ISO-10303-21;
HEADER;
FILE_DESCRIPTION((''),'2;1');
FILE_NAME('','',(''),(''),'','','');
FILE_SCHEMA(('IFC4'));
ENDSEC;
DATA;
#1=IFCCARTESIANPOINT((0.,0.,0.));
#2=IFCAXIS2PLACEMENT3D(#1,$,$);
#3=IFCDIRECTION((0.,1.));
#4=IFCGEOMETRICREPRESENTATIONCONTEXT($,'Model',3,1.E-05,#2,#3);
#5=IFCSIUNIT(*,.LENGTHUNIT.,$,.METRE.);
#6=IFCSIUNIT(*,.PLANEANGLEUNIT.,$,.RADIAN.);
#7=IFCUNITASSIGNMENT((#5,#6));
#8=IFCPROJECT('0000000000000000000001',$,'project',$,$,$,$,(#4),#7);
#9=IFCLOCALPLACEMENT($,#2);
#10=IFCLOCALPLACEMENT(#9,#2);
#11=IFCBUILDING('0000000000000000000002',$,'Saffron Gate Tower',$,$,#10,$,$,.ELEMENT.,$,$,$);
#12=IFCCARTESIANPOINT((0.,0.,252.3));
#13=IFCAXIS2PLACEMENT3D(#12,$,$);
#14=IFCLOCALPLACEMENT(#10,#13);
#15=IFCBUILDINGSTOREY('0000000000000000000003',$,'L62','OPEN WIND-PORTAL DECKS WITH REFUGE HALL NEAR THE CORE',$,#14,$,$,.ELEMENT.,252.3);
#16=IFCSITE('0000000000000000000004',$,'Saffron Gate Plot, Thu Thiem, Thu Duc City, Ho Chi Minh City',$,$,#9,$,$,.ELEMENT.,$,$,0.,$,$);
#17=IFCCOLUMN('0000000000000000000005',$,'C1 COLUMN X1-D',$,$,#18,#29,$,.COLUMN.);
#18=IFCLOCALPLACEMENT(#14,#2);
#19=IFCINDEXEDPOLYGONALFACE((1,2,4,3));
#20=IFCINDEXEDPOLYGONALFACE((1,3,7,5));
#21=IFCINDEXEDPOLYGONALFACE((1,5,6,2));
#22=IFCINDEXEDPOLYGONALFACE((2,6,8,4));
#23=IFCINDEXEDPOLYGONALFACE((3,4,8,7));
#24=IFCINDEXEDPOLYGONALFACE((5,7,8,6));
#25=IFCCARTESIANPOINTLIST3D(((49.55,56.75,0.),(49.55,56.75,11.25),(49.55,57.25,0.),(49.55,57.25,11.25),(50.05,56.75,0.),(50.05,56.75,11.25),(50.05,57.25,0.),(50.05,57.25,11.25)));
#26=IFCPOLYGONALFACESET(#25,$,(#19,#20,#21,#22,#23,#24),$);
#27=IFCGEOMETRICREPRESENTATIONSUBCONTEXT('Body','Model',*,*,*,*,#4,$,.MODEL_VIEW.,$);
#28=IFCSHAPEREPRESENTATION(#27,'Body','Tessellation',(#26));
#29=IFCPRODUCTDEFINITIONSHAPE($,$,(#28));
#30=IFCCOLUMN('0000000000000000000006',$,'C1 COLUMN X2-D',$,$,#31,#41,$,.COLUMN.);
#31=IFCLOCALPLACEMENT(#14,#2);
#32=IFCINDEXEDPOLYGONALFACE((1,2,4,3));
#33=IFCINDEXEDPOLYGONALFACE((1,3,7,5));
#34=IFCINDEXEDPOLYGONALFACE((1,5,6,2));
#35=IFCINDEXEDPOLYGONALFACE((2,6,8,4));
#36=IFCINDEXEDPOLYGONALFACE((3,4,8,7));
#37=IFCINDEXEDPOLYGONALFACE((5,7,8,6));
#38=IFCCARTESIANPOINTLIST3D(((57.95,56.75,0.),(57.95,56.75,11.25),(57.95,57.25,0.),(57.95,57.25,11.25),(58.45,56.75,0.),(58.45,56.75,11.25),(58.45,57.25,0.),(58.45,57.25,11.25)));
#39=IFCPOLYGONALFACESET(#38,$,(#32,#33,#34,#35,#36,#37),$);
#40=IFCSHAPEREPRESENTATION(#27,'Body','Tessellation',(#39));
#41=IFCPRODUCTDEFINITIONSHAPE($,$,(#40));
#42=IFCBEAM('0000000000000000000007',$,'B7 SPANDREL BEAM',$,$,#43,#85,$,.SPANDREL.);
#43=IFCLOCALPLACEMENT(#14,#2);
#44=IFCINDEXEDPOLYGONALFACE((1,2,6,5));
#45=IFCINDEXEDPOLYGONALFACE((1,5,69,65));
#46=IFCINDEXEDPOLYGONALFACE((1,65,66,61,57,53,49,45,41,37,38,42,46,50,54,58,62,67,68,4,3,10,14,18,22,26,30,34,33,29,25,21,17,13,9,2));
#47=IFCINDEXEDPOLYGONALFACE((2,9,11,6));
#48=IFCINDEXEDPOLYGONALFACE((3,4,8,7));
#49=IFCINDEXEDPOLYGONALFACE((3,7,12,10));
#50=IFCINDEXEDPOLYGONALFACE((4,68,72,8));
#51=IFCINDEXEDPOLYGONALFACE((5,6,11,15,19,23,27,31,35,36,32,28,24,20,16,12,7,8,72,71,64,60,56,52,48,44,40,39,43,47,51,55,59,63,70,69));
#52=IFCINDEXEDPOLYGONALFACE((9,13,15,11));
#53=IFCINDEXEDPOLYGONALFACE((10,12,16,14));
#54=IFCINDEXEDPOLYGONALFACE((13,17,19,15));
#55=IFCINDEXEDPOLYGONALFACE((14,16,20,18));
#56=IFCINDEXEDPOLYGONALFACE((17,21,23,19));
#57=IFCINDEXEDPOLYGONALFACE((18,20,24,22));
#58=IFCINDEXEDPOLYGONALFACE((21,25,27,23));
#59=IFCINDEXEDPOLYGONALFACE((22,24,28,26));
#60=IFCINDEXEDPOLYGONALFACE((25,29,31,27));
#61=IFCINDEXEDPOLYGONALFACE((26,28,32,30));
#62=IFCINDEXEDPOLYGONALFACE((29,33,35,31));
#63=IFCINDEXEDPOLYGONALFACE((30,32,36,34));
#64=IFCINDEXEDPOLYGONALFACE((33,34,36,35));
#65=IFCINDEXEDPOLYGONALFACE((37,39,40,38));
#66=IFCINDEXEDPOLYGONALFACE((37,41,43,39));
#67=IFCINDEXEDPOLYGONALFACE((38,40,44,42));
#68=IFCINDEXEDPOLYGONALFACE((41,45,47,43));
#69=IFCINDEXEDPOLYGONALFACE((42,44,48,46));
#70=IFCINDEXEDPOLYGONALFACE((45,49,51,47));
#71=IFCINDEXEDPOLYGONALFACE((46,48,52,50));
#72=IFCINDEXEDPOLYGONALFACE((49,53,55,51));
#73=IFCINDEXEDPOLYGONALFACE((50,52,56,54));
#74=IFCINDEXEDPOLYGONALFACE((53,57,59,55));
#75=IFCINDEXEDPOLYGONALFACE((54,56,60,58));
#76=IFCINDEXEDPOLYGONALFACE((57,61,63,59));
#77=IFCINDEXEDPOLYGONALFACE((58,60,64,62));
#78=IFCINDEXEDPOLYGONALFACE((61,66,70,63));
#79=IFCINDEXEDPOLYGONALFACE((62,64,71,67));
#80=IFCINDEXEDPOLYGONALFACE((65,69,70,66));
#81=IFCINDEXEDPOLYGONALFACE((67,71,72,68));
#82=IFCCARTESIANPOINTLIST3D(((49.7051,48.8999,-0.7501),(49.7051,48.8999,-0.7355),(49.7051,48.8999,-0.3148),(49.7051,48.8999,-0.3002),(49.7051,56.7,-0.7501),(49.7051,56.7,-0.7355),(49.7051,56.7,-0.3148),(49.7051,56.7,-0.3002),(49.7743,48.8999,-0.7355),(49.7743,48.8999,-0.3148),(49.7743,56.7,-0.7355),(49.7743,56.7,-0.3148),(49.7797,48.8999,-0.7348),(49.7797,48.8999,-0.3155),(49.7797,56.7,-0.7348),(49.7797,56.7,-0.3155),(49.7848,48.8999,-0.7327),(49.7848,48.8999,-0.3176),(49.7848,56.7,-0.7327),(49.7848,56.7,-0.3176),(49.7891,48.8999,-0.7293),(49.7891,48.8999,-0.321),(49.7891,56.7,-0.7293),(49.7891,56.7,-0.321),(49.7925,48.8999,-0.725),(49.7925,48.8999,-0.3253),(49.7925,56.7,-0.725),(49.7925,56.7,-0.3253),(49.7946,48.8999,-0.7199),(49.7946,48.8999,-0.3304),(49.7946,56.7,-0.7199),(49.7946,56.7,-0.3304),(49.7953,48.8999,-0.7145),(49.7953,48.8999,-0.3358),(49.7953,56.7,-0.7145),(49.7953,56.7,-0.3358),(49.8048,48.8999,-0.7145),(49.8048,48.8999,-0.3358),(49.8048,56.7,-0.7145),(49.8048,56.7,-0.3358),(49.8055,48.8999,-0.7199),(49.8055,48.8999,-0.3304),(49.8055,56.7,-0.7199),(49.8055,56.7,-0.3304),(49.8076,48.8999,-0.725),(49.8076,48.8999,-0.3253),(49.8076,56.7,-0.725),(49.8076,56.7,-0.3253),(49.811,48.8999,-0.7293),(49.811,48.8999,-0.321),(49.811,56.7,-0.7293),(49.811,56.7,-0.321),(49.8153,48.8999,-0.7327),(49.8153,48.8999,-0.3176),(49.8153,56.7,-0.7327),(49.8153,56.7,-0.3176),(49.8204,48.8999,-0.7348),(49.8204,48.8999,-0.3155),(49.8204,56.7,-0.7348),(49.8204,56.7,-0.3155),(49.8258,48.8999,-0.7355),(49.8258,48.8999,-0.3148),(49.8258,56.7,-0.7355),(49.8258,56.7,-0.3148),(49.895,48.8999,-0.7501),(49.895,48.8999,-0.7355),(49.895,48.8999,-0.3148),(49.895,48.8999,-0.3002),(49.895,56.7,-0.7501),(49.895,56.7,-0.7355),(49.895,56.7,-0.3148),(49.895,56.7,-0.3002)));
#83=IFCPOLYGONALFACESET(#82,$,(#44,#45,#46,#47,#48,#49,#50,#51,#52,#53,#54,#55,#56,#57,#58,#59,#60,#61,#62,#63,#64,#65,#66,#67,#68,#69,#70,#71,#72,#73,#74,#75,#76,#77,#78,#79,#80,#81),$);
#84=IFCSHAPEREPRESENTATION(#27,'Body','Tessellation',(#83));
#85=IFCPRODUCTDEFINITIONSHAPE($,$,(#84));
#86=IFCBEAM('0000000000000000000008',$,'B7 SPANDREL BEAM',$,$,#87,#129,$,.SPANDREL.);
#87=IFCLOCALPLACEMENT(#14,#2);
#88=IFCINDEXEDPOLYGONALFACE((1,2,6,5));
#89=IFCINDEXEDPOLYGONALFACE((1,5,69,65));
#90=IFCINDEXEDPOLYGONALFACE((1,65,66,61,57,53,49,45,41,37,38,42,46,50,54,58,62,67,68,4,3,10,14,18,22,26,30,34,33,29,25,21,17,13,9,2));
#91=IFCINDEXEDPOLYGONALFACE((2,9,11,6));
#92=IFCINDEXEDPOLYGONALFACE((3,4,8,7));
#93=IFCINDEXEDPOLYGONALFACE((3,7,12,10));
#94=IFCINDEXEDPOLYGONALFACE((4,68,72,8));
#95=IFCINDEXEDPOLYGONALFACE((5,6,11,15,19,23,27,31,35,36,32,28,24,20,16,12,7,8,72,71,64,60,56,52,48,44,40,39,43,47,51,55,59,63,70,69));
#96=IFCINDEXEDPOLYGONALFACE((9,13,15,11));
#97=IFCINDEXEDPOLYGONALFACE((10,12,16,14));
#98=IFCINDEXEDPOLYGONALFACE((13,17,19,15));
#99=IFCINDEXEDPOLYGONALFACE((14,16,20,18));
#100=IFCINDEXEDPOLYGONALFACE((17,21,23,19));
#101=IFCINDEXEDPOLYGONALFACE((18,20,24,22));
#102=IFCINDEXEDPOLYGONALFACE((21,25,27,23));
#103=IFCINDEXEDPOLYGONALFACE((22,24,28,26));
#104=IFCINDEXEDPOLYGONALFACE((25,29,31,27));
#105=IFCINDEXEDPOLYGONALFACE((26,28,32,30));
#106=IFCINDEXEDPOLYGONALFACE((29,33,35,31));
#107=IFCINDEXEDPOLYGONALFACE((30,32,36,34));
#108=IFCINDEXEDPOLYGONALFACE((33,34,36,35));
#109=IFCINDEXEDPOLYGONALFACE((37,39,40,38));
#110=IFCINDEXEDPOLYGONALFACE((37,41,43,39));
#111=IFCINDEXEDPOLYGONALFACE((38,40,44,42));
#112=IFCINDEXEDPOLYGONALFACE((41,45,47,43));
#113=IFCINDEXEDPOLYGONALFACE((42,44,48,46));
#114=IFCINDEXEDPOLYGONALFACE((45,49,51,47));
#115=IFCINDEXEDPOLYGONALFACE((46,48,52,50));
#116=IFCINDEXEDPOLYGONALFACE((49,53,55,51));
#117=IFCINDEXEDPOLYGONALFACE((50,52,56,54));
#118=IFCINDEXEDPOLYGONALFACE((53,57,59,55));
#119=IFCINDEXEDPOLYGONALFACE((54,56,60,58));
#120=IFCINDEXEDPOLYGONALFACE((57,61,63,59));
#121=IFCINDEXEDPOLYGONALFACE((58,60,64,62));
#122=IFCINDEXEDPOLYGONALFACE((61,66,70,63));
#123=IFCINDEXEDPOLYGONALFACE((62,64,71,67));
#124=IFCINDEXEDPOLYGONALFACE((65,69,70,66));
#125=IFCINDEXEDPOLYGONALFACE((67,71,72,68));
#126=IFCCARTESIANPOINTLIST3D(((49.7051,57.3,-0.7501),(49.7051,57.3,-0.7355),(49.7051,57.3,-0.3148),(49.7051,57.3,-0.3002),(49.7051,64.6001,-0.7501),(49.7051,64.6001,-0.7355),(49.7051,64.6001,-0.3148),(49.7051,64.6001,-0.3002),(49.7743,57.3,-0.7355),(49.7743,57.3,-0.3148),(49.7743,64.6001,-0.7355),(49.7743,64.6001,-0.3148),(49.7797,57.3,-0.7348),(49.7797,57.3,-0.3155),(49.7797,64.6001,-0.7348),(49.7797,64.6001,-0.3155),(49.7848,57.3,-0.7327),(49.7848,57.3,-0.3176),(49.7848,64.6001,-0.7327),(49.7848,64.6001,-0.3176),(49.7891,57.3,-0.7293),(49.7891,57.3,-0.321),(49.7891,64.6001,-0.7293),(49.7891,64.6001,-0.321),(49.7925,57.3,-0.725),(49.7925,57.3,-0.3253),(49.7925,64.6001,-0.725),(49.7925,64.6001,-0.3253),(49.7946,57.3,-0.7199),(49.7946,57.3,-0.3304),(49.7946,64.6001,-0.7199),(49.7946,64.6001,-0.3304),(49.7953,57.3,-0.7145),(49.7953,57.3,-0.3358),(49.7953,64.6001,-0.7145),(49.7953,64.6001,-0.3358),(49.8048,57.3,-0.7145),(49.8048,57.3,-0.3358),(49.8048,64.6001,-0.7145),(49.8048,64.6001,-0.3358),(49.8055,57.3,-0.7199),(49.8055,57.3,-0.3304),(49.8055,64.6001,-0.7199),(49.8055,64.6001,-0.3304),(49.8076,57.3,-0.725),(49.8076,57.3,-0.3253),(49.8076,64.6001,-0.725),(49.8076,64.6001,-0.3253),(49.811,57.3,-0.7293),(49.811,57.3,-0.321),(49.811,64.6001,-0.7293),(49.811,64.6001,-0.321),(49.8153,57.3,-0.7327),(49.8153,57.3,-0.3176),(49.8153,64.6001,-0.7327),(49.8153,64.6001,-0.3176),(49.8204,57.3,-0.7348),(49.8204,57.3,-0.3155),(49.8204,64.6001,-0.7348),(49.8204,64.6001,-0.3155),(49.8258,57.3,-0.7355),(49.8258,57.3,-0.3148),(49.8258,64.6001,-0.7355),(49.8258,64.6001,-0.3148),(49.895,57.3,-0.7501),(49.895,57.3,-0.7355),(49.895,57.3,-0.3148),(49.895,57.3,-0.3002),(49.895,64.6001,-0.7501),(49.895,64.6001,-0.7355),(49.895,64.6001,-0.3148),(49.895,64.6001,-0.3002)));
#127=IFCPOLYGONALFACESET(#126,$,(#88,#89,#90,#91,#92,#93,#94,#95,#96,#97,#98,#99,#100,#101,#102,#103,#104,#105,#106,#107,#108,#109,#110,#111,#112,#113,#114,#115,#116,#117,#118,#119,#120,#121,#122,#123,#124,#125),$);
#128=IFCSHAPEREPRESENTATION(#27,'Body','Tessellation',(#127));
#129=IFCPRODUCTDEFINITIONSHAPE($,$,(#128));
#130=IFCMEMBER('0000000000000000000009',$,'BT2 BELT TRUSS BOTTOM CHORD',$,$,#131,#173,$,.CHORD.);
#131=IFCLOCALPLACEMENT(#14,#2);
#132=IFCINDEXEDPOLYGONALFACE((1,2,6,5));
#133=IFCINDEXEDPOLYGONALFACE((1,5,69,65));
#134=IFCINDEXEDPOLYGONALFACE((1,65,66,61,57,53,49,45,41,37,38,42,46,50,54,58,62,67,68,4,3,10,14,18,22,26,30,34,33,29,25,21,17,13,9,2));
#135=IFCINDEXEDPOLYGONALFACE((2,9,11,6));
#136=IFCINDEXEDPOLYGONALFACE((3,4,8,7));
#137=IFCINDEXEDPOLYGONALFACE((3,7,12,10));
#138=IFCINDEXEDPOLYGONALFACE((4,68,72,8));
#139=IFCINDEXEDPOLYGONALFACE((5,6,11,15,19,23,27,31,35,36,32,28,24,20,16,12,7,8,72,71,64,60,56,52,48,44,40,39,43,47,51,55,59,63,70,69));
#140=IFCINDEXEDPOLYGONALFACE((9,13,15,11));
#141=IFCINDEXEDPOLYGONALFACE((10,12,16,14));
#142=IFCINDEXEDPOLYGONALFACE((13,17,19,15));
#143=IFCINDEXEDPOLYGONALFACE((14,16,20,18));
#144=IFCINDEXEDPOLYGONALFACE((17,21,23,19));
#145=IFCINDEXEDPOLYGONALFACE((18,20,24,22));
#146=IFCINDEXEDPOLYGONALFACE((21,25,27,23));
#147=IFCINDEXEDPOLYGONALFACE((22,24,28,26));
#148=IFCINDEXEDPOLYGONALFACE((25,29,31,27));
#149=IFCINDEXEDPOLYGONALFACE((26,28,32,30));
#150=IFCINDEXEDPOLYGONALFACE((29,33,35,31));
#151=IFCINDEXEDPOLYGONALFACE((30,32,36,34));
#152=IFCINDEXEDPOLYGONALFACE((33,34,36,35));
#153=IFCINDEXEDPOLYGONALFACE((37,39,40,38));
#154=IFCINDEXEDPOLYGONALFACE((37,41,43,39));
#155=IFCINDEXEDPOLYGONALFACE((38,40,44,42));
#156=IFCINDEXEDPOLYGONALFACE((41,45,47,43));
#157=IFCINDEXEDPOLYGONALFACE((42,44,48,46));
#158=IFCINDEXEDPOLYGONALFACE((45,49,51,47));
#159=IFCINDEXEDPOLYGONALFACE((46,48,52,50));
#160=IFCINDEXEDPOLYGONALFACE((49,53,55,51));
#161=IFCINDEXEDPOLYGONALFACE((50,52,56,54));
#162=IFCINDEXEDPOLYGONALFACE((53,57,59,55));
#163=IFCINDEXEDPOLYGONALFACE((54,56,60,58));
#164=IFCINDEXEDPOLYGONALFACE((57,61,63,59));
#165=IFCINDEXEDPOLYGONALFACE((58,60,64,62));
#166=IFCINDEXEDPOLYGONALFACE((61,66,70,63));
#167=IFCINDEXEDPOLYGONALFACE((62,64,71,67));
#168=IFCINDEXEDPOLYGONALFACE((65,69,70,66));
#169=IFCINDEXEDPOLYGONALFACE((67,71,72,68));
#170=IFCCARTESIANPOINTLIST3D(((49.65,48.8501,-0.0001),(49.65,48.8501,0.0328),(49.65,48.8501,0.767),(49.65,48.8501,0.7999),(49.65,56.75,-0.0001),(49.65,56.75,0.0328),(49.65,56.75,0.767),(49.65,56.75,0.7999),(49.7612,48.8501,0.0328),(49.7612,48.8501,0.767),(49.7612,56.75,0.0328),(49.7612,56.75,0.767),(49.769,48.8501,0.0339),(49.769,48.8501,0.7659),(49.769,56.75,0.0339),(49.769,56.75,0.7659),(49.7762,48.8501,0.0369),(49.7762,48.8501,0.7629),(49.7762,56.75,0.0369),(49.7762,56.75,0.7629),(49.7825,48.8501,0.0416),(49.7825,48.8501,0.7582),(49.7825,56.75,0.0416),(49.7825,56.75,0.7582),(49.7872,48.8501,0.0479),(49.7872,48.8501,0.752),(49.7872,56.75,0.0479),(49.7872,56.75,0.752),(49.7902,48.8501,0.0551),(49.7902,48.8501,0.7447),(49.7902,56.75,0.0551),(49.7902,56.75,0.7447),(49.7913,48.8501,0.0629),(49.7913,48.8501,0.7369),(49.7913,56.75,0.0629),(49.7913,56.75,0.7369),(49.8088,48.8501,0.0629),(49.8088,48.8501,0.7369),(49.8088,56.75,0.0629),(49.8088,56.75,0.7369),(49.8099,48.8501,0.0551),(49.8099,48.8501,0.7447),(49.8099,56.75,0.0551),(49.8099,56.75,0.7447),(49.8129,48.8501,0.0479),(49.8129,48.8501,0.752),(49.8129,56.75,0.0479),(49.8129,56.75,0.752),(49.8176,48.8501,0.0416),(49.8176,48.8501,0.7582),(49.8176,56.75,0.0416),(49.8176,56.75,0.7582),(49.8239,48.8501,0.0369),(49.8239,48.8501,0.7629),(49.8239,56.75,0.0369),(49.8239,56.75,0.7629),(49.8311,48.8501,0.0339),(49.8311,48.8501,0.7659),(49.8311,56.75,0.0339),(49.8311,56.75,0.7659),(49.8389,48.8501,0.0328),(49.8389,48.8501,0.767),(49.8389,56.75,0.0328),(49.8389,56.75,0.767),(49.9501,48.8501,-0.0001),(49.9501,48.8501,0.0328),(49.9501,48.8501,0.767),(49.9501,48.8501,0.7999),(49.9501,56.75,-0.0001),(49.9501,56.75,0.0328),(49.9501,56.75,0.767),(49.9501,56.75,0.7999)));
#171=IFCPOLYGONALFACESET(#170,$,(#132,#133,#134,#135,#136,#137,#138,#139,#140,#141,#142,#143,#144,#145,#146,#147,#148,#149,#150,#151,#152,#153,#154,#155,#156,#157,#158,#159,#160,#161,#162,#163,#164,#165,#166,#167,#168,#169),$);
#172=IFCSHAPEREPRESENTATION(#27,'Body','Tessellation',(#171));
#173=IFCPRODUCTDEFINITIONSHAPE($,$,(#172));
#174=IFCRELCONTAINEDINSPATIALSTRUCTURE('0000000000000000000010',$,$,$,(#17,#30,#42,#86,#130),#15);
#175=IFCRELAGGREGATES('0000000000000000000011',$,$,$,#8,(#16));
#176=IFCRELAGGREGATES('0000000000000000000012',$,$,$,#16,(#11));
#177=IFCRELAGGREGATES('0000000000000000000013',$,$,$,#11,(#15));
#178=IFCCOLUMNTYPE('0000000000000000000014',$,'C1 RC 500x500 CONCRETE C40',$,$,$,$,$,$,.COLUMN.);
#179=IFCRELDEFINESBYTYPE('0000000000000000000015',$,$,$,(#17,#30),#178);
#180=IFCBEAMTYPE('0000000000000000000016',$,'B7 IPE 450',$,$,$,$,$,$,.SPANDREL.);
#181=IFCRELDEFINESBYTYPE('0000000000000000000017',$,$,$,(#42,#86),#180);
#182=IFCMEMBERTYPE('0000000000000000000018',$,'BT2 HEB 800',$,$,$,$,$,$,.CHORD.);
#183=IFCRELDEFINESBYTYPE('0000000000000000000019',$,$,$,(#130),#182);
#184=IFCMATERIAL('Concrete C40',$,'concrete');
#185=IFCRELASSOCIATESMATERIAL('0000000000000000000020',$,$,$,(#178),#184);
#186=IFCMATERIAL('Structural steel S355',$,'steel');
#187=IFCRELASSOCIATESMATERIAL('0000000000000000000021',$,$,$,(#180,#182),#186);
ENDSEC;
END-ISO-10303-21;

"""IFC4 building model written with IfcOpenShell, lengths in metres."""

from ifc_helpers import new_model, si_unit, direction, frame, origin, origin_2d, place, context, subcontext, project, spatial, rectangle, i_section, extrude, material, material_profile, profile_set, type_object, element, save


model = new_model("IFC4")

# Units and contexts
model_context = context("Model", 3, precision=1e-05, world=origin(), true_north=direction((0.0, 1.0)))
body_context = subcontext(model_context, "Body", "Model", "MODEL_VIEW")
ifc_project = project(units=[si_unit("LENGTHUNIT", "METRE"), si_unit("PLANEANGLEUNIT", "RADIAN")], contexts=[model_context])

# Site, building, storey
site_placement = place(None, origin())
site = spatial("IfcSite", under=ifc_project, at=site_placement, Name="Saffron Gate Plot, Thu Thiem, Thu Duc City, Ho Chi Minh City", CompositionType="ELEMENT", RefElevation=0.0)
building_placement = place(site_placement, origin())
building = spatial("IfcBuilding", under=site, at=building_placement, Name="Saffron Gate Tower", CompositionType="ELEMENT")
storey_placement = place(building_placement, frame((0.0, 0.0, 252.3)))
storey = spatial("IfcBuildingStorey", under=building, at=storey_placement, Name="L62", Description="OPEN WIND-PORTAL DECKS WITH REFUGE HALL NEAR THE CORE", CompositionType="ELEMENT", Elevation=252.3)

# Columns
ifc_material_1 = material(Name="Concrete C40", Category="concrete")
ifc_material_profile_1 = material_profile(ifc_material_1, rectangle(XDim=0.5, YDim=0.5, at=origin_2d()))
ifc_profile_set_1 = profile_set([ifc_material_profile_1], Name="Concrete C40")
column_type = type_object("IfcColumnType", Name="C1 RC 500x500 CONCRETE C40", PredefinedType="COLUMN", material=ifc_profile_set_1)
for number, where, z_axis, x_axis, name in (
    (1, (49.8, 57.0, 0.0), (0.0, 0.0, 1.0), (1.0, 0.0, 0.0), "C1 COLUMN X1-D"),
    (2, (58.2, 57.0, 0.0), (0.0, 0.0, 1.0), (1.0, 0.0, 0.0), "C1 COLUMN X2-D"),
):
    element("IfcColumn", number, at=place(storey_placement, frame(where, z_axis=z_axis, x_axis=x_axis)), inside=storey, type_object=column_type, Name=name, PredefinedType="COLUMN", context=body_context, shape_type="SweptSolid", body=[
        extrude(rectangle(XDim=0.5, YDim=0.5, at=origin_2d()), origin(), (0.0, 0.0, 1.0), 11.25),
    ])

# Beams
ifc_material_2 = material(Name="Structural steel S355", Category="steel")
ifc_material_profile_2 = material_profile(ifc_material_2, i_section(OverallWidth=0.1899, OverallDepth=0.45, WebThickness=0.0095, FlangeThickness=0.0146, FilletRadius=0.021, at=origin_2d()))
ifc_profile_set_2 = profile_set([ifc_material_profile_2], Name="Structural steel S355")
beam_type = type_object("IfcBeamType", Name="B7 IPE 450", PredefinedType="SPANDREL", material=ifc_profile_set_2)
beam_1_placement = place(storey_placement, frame((49.8, 48.8999, -0.5251), z_axis=(0.0, 1.0, 0.0), x_axis=(-1.0, 0.0, 0.0)))
element("IfcBeam", 3, at=beam_1_placement, inside=storey, type_object=beam_type, Name="B7 SPANDREL BEAM", PredefinedType="SPANDREL", context=body_context, shape_type="SweptSolid", body=[
    extrude(i_section(OverallWidth=0.1899, OverallDepth=0.45, WebThickness=0.0095, FlangeThickness=0.0146, FilletRadius=0.021, at=origin_2d()), origin(), (0.0, 0.0, 1.0), 7.8),
])
beam_2_placement = place(storey_placement, frame((49.8, 57.3, -0.5251), z_axis=(0.0, 1.0, 0.0), x_axis=(-1.0, 0.0, 0.0)))
element("IfcBeam", 4, at=beam_2_placement, inside=storey, type_object=beam_type, Name="B7 SPANDREL BEAM", PredefinedType="SPANDREL", context=body_context, shape_type="SweptSolid", body=[
    extrude(i_section(OverallWidth=0.1899, OverallDepth=0.45, WebThickness=0.0095, FlangeThickness=0.0146, FilletRadius=0.021, at=origin_2d()), origin(), (0.0, 0.0, 1.0), 7.3),
])

# Member
ifc_material_profile_3 = material_profile(ifc_material_2, i_section(OverallWidth=0.3, OverallDepth=0.8, WebThickness=0.0176, FlangeThickness=0.033, FilletRadius=0.03, at=origin_2d()))
ifc_profile_set_3 = profile_set([ifc_material_profile_3], Name="Structural steel S355")
member_type_1 = type_object("IfcMemberType", Name="BT2 HEB 800", PredefinedType="CHORD", material=ifc_profile_set_3)
for number, where, z_axis, x_axis, name in (
    (5, (49.8, 48.8501, 0.3999), (0.0, 1.0, 0.0), (-1.0, 0.0, 0.0), "BT2 BELT TRUSS BOTTOM CHORD"),
):
    element("IfcMember", number, at=place(storey_placement, frame(where, z_axis=z_axis, x_axis=x_axis)), inside=storey, type_object=member_type_1, Name=name, PredefinedType="CHORD", context=body_context, shape_type="SweptSolid", body=[
        extrude(i_section(OverallWidth=0.3, OverallDepth=0.8, WebThickness=0.0176, FlangeThickness=0.033, FilletRadius=0.03, at=origin_2d()), origin(), (0.0, 0.0, 1.0), 7.8999),
    ])

save(model, "model.ifc")
